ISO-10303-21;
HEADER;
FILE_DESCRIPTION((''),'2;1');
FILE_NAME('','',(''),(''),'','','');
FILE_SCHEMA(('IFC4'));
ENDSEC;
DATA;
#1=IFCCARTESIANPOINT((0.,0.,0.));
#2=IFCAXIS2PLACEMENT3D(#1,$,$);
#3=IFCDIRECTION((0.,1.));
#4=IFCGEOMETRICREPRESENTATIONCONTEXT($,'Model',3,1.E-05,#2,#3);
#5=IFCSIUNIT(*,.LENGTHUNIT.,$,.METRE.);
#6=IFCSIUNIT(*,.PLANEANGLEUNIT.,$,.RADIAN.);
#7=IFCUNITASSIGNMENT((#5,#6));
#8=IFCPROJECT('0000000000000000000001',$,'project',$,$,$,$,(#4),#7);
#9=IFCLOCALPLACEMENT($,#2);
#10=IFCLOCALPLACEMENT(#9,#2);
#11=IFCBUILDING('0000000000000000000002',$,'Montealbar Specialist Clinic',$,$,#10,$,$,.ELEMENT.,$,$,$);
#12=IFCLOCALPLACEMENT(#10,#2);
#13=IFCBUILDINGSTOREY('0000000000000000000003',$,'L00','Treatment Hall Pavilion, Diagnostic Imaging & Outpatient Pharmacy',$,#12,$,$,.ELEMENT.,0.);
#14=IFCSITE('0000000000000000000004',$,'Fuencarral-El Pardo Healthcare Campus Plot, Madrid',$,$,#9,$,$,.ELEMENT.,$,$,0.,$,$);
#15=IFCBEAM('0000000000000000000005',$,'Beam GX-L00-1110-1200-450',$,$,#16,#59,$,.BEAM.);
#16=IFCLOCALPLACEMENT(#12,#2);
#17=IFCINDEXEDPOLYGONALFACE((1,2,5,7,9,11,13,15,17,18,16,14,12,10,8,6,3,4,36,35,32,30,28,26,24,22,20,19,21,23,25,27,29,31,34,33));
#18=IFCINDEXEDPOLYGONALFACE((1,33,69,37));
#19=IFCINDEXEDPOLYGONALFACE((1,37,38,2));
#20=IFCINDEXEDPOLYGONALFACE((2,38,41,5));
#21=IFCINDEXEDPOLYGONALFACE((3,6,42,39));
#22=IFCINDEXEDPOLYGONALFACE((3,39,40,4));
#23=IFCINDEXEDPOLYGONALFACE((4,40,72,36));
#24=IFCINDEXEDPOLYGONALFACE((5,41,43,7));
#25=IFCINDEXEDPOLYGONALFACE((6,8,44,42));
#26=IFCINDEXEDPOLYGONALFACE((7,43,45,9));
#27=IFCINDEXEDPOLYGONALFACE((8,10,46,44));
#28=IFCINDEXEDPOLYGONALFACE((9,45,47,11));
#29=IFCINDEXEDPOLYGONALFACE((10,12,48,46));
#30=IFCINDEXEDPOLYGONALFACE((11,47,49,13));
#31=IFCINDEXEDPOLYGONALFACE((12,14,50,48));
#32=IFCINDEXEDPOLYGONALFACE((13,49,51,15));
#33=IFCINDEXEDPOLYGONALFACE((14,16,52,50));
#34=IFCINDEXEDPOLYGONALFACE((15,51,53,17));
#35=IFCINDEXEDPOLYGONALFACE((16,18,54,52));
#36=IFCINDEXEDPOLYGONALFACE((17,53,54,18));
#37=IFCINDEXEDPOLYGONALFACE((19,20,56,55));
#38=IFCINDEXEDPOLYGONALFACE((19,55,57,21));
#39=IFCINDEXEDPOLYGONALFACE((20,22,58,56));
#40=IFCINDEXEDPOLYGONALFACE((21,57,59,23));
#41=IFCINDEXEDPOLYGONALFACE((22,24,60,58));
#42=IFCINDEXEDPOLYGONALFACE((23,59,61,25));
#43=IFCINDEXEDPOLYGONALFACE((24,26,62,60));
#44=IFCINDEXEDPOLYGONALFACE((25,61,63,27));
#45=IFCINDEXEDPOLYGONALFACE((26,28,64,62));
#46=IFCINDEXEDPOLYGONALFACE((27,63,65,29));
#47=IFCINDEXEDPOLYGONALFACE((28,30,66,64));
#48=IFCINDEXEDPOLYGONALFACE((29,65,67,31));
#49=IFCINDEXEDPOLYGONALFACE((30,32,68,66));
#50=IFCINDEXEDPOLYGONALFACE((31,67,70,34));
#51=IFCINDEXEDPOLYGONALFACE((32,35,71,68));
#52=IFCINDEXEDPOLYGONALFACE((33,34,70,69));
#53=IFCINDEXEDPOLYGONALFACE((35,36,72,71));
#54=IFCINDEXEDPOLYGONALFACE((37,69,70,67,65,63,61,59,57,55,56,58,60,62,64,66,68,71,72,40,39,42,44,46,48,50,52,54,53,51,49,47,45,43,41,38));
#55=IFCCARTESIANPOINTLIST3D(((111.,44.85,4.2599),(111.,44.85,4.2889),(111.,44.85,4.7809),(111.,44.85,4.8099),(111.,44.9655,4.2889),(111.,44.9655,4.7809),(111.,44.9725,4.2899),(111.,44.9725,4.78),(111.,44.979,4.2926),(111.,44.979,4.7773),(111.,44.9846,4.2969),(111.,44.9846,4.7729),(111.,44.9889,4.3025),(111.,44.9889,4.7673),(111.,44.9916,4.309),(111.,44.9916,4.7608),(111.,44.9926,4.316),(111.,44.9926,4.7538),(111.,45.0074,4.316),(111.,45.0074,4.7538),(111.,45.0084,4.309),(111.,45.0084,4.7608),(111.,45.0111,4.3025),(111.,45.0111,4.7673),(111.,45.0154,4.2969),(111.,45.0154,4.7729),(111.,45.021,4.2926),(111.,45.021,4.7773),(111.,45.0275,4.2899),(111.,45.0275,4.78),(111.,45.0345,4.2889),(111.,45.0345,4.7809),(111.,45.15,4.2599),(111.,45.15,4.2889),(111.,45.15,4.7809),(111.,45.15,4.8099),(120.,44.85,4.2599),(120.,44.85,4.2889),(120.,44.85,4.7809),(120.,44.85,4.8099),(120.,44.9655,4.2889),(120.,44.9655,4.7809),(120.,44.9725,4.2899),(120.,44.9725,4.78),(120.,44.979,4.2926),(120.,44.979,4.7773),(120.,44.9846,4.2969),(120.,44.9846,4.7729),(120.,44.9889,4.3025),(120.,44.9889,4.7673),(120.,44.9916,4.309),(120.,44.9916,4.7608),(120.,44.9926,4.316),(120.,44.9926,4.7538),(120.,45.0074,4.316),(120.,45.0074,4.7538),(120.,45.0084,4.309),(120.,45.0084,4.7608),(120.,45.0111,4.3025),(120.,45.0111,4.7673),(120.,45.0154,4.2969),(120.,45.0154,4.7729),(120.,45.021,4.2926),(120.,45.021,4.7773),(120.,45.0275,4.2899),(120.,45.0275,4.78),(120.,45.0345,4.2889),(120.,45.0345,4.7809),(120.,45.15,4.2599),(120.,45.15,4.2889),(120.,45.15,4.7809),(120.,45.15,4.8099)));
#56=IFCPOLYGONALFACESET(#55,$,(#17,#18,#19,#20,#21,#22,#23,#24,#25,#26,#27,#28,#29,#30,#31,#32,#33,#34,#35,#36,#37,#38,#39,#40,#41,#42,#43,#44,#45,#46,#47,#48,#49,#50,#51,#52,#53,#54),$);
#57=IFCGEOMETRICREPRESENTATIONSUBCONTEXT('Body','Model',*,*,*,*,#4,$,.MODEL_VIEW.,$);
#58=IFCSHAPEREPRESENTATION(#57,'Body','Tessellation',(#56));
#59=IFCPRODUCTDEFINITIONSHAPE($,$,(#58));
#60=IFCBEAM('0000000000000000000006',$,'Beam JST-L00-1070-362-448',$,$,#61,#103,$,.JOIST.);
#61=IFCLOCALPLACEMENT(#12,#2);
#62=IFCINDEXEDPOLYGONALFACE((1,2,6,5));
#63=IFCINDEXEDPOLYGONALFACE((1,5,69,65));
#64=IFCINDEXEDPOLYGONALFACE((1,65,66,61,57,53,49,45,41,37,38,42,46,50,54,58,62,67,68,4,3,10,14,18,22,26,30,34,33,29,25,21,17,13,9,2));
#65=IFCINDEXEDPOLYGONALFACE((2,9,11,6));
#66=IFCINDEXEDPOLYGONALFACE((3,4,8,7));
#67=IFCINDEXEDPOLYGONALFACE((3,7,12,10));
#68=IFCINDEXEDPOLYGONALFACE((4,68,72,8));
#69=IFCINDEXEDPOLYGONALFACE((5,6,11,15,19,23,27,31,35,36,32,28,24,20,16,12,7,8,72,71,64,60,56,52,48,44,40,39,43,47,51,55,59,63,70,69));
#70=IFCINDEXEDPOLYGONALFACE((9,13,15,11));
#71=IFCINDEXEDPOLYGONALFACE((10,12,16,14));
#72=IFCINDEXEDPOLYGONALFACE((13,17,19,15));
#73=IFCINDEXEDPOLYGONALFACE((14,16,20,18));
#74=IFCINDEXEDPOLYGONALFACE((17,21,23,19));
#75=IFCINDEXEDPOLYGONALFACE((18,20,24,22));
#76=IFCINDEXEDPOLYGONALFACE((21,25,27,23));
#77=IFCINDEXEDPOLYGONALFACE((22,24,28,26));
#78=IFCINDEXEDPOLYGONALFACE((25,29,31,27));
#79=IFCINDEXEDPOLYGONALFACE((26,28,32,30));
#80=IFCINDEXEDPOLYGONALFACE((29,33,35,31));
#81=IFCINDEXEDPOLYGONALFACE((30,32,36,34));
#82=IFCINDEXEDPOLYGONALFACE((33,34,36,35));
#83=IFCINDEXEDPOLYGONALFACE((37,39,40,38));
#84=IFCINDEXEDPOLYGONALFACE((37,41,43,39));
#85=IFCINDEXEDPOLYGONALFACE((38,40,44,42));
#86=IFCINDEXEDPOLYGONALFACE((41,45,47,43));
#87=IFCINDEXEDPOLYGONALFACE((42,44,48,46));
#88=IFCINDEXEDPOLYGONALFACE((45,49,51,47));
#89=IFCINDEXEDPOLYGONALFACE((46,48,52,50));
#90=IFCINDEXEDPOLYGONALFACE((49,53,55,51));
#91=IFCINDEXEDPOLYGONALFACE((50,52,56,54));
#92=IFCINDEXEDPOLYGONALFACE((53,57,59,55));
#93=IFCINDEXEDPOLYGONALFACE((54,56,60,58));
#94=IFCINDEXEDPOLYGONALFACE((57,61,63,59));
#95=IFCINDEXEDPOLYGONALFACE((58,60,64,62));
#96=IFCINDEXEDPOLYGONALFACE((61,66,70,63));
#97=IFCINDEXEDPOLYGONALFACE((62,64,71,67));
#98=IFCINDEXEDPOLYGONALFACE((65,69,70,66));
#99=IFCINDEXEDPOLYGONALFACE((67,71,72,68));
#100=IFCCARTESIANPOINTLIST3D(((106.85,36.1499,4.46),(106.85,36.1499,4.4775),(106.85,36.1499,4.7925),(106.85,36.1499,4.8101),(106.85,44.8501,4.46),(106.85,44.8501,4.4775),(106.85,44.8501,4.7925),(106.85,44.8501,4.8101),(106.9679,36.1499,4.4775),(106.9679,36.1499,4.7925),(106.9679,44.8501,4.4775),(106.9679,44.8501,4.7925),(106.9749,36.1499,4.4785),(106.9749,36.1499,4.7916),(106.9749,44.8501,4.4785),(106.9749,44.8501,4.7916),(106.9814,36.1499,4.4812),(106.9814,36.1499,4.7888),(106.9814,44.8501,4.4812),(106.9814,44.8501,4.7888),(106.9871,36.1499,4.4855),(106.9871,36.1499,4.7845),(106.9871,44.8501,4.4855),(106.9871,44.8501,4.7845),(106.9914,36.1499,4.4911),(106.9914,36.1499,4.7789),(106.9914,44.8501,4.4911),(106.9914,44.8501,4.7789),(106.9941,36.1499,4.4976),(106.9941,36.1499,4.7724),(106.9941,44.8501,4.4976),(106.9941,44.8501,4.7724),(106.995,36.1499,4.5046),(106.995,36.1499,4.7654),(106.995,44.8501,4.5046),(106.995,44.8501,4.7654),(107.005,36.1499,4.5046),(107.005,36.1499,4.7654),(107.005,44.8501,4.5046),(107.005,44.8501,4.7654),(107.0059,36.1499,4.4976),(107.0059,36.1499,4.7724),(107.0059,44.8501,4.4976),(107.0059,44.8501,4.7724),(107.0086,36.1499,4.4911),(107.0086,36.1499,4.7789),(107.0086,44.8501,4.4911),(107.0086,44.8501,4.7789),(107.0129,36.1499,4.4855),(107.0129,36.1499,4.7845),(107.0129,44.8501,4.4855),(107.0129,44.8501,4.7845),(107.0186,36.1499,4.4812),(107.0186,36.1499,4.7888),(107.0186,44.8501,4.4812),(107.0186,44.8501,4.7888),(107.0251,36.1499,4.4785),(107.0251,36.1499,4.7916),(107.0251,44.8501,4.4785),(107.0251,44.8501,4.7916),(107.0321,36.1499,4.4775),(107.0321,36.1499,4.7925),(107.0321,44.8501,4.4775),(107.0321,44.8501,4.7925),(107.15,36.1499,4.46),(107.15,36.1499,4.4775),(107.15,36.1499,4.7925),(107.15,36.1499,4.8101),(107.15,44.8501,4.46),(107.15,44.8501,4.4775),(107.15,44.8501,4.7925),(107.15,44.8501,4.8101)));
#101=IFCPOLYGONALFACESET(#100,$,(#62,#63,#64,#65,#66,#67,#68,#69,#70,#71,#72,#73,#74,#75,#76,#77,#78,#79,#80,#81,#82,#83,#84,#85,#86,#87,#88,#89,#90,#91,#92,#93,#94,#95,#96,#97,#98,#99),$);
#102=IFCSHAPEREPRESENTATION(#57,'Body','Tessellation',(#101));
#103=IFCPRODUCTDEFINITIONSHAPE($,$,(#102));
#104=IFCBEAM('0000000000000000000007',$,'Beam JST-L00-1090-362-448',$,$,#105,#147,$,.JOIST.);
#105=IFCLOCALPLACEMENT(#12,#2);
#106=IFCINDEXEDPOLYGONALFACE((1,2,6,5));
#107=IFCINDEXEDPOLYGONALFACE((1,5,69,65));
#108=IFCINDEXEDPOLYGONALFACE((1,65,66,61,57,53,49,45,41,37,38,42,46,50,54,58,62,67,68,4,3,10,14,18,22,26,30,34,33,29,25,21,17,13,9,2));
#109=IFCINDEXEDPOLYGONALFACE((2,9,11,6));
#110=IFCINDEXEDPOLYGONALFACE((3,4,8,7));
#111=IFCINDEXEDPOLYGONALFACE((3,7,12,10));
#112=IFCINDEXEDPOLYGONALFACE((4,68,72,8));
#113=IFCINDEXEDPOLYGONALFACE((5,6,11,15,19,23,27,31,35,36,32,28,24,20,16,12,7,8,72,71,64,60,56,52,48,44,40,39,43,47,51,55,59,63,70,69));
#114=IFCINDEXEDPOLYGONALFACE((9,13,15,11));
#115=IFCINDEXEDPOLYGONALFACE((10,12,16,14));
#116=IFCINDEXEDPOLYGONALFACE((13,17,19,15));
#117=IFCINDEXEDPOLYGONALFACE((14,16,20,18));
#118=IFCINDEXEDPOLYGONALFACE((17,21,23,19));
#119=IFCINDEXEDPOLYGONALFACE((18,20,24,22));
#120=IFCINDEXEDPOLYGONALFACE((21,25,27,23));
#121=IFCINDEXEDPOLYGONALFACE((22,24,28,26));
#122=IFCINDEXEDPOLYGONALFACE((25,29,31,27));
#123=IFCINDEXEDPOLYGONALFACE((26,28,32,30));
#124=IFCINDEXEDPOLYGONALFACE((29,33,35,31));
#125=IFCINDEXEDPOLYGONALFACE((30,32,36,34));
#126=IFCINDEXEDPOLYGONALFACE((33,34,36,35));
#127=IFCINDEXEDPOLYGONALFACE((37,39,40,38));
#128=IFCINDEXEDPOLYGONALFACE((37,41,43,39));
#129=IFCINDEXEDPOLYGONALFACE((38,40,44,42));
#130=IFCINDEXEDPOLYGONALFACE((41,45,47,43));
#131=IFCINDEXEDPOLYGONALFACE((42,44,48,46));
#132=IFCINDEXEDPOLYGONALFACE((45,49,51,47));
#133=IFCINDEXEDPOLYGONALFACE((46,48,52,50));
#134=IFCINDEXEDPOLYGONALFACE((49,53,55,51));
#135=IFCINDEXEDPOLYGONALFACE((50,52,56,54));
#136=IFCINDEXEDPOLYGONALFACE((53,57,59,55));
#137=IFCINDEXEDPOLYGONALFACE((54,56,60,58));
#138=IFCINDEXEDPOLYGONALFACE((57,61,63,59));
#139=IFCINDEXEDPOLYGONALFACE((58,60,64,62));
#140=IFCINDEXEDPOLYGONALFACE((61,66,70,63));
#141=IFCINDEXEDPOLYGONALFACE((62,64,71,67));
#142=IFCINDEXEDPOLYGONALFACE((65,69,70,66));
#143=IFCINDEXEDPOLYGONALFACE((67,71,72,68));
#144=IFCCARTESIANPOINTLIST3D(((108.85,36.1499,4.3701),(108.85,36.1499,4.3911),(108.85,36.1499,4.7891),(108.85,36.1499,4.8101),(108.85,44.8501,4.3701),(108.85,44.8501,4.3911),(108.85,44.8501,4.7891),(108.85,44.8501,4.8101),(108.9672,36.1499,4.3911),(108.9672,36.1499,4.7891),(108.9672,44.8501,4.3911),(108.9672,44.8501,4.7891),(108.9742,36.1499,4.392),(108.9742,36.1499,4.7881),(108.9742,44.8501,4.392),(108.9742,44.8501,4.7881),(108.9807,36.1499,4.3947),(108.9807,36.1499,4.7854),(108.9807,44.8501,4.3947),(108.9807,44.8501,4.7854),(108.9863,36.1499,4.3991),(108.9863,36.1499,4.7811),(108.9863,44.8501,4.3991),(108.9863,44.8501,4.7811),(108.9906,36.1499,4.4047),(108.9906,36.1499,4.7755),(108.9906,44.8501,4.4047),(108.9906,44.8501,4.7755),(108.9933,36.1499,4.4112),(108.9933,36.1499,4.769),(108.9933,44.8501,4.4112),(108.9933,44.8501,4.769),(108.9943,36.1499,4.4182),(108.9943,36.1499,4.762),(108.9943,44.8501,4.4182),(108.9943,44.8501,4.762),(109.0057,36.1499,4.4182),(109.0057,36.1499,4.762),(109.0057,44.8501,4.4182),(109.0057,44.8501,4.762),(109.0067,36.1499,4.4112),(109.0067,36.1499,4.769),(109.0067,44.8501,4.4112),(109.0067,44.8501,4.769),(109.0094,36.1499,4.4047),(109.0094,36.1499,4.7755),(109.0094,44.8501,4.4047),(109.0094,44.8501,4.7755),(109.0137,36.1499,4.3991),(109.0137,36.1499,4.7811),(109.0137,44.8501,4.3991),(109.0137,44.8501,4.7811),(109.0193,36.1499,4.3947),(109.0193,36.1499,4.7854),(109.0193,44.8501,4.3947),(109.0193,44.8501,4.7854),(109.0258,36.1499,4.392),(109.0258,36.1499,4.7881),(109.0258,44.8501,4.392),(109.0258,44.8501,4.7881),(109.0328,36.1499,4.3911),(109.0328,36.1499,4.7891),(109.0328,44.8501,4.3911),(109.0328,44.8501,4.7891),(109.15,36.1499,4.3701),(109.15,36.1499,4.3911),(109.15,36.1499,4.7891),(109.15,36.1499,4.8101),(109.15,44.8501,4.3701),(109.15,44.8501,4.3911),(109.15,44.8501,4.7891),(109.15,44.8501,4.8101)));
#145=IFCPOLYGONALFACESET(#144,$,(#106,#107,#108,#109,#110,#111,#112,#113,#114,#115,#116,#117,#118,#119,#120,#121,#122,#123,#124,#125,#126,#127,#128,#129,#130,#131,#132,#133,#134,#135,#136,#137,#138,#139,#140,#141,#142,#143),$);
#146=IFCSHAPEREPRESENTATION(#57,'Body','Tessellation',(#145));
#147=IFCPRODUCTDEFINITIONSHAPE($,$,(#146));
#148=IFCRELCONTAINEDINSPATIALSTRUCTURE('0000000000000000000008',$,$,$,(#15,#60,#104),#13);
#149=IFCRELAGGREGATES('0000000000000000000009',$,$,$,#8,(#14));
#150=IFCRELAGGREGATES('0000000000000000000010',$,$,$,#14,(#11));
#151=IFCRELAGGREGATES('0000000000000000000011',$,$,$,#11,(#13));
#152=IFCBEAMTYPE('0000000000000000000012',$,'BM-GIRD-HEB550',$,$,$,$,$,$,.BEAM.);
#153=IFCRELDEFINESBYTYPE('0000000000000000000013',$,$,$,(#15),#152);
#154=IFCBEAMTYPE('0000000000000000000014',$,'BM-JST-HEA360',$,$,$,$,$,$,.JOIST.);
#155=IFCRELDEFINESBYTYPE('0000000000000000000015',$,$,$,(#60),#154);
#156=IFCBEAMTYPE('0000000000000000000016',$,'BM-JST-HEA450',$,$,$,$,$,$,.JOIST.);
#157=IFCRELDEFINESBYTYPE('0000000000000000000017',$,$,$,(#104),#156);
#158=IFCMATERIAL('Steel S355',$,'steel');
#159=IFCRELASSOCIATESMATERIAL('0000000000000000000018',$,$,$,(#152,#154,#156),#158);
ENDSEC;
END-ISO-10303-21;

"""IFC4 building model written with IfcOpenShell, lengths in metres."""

from ifc_helpers import new_model, si_unit, direction, frame, origin, origin_2d, place, context, subcontext, project, spatial, i_section, extrude, material, material_profile, profile_set, type_object, element, save


model = new_model("IFC4")

# Units and contexts
model_context = context("Model", 3, precision=1e-05, world=origin(), true_north=direction((0.0, 1.0)))
body_context = subcontext(model_context, "Body", "Model", "MODEL_VIEW")
ifc_project = project(units=[si_unit("LENGTHUNIT", "METRE"), si_unit("PLANEANGLEUNIT", "RADIAN")], contexts=[model_context])

# Site, building, storey
site_placement = place(None, origin())
site = spatial("IfcSite", under=ifc_project, at=site_placement, Name="Fuencarral-El Pardo Healthcare Campus Plot, Madrid", CompositionType="ELEMENT", RefElevation=0.0)
building_placement = place(site_placement, origin())
building = spatial("IfcBuilding", under=site, at=building_placement, Name="Montealbar Specialist Clinic", CompositionType="ELEMENT")
storey_placement = place(building_placement, origin())
storey = spatial("IfcBuildingStorey", under=building, at=storey_placement, Name="L00", Description="Treatment Hall Pavilion, Diagnostic Imaging & Outpatient Pharmacy", CompositionType="ELEMENT", Elevation=0.0)

# Shared definitions
ifc_material_1 = material(Name="Steel S355", Category="steel")

# Beams
ifc_material_profile_1 = material_profile(ifc_material_1, i_section(OverallWidth=0.3, OverallDepth=0.55, WebThickness=0.0149, FlangeThickness=0.0291, FilletRadius=0.0271, at=origin_2d()), Name="HEB 550", Category="steel")
ifc_profile_set_1 = profile_set([ifc_material_profile_1], Name="Steel S355")
beam_type_1 = type_object("IfcBeamType", Name="BM-GIRD-HEB550", PredefinedType="BEAM", material=ifc_profile_set_1)
beam_1_placement = place(storey_placement, frame((111.0, 45.0, 4.5349), z_axis=(1.0, 0.0, 0.0), x_axis=(0.0, 1.0, 0.0)))
element("IfcBeam", 1, at=beam_1_placement, inside=storey, type_object=beam_type_1, Name="Beam GX-L00-1110-1200-450", PredefinedType="BEAM", context=body_context, shape_type="SweptSolid", body=[
    extrude(i_section(OverallWidth=0.3, OverallDepth=0.55, WebThickness=0.0149, FlangeThickness=0.0291, FilletRadius=0.0271, at=origin_2d()), origin(), (0.0, 0.0, 1.0), 9.0),
])
ifc_material_profile_2 = material_profile(ifc_material_1, i_section(OverallWidth=0.3, OverallDepth=0.3501, WebThickness=0.01, FlangeThickness=0.0176, FilletRadius=0.0271, at=origin_2d()), Name="HEA 360", Category="steel")
ifc_profile_set_2 = profile_set([ifc_material_profile_2], Name="Steel S355")
beam_type_2 = type_object("IfcBeamType", Name="BM-JST-HEA360", PredefinedType="JOIST", material=ifc_profile_set_2)
beam_2_placement = place(storey_placement, frame((107.0, 36.1499, 4.635), z_axis=(0.0, 1.0, 0.0), x_axis=(-1.0, 0.0, 0.0)))
element("IfcBeam", 2, at=beam_2_placement, inside=storey, type_object=beam_type_2, Name="Beam JST-L00-1070-362-448", PredefinedType="JOIST", context=body_context, shape_type="SweptSolid", body=[
    extrude(i_section(OverallWidth=0.3, OverallDepth=0.3501, WebThickness=0.01, FlangeThickness=0.0176, FilletRadius=0.0271, at=origin_2d()), origin(), (0.0, 0.0, 1.0), 8.7002),
])
ifc_material_profile_3 = material_profile(ifc_material_1, i_section(OverallWidth=0.3, OverallDepth=0.4399, WebThickness=0.0115, FlangeThickness=0.021, FilletRadius=0.0271, at=origin_2d()), Name="HEA 450", Category="steel")
ifc_profile_set_3 = profile_set([ifc_material_profile_3], Name="Steel S355")
beam_type_3 = type_object("IfcBeamType", Name="BM-JST-HEA450", PredefinedType="JOIST", material=ifc_profile_set_3)
beam_3_placement = place(storey_placement, frame((109.0, 36.1499, 4.5901), z_axis=(0.0, 1.0, 0.0), x_axis=(-1.0, 0.0, 0.0)))
element("IfcBeam", 3, at=beam_3_placement, inside=storey, type_object=beam_type_3, Name="Beam JST-L00-1090-362-448", PredefinedType="JOIST", context=body_context, shape_type="SweptSolid", body=[
    extrude(i_section(OverallWidth=0.3, OverallDepth=0.4399, WebThickness=0.0115, FlangeThickness=0.021, FilletRadius=0.0271, at=origin_2d()), origin(), (0.0, 0.0, 1.0), 8.7002),
])

save(model, "model.ifc")
